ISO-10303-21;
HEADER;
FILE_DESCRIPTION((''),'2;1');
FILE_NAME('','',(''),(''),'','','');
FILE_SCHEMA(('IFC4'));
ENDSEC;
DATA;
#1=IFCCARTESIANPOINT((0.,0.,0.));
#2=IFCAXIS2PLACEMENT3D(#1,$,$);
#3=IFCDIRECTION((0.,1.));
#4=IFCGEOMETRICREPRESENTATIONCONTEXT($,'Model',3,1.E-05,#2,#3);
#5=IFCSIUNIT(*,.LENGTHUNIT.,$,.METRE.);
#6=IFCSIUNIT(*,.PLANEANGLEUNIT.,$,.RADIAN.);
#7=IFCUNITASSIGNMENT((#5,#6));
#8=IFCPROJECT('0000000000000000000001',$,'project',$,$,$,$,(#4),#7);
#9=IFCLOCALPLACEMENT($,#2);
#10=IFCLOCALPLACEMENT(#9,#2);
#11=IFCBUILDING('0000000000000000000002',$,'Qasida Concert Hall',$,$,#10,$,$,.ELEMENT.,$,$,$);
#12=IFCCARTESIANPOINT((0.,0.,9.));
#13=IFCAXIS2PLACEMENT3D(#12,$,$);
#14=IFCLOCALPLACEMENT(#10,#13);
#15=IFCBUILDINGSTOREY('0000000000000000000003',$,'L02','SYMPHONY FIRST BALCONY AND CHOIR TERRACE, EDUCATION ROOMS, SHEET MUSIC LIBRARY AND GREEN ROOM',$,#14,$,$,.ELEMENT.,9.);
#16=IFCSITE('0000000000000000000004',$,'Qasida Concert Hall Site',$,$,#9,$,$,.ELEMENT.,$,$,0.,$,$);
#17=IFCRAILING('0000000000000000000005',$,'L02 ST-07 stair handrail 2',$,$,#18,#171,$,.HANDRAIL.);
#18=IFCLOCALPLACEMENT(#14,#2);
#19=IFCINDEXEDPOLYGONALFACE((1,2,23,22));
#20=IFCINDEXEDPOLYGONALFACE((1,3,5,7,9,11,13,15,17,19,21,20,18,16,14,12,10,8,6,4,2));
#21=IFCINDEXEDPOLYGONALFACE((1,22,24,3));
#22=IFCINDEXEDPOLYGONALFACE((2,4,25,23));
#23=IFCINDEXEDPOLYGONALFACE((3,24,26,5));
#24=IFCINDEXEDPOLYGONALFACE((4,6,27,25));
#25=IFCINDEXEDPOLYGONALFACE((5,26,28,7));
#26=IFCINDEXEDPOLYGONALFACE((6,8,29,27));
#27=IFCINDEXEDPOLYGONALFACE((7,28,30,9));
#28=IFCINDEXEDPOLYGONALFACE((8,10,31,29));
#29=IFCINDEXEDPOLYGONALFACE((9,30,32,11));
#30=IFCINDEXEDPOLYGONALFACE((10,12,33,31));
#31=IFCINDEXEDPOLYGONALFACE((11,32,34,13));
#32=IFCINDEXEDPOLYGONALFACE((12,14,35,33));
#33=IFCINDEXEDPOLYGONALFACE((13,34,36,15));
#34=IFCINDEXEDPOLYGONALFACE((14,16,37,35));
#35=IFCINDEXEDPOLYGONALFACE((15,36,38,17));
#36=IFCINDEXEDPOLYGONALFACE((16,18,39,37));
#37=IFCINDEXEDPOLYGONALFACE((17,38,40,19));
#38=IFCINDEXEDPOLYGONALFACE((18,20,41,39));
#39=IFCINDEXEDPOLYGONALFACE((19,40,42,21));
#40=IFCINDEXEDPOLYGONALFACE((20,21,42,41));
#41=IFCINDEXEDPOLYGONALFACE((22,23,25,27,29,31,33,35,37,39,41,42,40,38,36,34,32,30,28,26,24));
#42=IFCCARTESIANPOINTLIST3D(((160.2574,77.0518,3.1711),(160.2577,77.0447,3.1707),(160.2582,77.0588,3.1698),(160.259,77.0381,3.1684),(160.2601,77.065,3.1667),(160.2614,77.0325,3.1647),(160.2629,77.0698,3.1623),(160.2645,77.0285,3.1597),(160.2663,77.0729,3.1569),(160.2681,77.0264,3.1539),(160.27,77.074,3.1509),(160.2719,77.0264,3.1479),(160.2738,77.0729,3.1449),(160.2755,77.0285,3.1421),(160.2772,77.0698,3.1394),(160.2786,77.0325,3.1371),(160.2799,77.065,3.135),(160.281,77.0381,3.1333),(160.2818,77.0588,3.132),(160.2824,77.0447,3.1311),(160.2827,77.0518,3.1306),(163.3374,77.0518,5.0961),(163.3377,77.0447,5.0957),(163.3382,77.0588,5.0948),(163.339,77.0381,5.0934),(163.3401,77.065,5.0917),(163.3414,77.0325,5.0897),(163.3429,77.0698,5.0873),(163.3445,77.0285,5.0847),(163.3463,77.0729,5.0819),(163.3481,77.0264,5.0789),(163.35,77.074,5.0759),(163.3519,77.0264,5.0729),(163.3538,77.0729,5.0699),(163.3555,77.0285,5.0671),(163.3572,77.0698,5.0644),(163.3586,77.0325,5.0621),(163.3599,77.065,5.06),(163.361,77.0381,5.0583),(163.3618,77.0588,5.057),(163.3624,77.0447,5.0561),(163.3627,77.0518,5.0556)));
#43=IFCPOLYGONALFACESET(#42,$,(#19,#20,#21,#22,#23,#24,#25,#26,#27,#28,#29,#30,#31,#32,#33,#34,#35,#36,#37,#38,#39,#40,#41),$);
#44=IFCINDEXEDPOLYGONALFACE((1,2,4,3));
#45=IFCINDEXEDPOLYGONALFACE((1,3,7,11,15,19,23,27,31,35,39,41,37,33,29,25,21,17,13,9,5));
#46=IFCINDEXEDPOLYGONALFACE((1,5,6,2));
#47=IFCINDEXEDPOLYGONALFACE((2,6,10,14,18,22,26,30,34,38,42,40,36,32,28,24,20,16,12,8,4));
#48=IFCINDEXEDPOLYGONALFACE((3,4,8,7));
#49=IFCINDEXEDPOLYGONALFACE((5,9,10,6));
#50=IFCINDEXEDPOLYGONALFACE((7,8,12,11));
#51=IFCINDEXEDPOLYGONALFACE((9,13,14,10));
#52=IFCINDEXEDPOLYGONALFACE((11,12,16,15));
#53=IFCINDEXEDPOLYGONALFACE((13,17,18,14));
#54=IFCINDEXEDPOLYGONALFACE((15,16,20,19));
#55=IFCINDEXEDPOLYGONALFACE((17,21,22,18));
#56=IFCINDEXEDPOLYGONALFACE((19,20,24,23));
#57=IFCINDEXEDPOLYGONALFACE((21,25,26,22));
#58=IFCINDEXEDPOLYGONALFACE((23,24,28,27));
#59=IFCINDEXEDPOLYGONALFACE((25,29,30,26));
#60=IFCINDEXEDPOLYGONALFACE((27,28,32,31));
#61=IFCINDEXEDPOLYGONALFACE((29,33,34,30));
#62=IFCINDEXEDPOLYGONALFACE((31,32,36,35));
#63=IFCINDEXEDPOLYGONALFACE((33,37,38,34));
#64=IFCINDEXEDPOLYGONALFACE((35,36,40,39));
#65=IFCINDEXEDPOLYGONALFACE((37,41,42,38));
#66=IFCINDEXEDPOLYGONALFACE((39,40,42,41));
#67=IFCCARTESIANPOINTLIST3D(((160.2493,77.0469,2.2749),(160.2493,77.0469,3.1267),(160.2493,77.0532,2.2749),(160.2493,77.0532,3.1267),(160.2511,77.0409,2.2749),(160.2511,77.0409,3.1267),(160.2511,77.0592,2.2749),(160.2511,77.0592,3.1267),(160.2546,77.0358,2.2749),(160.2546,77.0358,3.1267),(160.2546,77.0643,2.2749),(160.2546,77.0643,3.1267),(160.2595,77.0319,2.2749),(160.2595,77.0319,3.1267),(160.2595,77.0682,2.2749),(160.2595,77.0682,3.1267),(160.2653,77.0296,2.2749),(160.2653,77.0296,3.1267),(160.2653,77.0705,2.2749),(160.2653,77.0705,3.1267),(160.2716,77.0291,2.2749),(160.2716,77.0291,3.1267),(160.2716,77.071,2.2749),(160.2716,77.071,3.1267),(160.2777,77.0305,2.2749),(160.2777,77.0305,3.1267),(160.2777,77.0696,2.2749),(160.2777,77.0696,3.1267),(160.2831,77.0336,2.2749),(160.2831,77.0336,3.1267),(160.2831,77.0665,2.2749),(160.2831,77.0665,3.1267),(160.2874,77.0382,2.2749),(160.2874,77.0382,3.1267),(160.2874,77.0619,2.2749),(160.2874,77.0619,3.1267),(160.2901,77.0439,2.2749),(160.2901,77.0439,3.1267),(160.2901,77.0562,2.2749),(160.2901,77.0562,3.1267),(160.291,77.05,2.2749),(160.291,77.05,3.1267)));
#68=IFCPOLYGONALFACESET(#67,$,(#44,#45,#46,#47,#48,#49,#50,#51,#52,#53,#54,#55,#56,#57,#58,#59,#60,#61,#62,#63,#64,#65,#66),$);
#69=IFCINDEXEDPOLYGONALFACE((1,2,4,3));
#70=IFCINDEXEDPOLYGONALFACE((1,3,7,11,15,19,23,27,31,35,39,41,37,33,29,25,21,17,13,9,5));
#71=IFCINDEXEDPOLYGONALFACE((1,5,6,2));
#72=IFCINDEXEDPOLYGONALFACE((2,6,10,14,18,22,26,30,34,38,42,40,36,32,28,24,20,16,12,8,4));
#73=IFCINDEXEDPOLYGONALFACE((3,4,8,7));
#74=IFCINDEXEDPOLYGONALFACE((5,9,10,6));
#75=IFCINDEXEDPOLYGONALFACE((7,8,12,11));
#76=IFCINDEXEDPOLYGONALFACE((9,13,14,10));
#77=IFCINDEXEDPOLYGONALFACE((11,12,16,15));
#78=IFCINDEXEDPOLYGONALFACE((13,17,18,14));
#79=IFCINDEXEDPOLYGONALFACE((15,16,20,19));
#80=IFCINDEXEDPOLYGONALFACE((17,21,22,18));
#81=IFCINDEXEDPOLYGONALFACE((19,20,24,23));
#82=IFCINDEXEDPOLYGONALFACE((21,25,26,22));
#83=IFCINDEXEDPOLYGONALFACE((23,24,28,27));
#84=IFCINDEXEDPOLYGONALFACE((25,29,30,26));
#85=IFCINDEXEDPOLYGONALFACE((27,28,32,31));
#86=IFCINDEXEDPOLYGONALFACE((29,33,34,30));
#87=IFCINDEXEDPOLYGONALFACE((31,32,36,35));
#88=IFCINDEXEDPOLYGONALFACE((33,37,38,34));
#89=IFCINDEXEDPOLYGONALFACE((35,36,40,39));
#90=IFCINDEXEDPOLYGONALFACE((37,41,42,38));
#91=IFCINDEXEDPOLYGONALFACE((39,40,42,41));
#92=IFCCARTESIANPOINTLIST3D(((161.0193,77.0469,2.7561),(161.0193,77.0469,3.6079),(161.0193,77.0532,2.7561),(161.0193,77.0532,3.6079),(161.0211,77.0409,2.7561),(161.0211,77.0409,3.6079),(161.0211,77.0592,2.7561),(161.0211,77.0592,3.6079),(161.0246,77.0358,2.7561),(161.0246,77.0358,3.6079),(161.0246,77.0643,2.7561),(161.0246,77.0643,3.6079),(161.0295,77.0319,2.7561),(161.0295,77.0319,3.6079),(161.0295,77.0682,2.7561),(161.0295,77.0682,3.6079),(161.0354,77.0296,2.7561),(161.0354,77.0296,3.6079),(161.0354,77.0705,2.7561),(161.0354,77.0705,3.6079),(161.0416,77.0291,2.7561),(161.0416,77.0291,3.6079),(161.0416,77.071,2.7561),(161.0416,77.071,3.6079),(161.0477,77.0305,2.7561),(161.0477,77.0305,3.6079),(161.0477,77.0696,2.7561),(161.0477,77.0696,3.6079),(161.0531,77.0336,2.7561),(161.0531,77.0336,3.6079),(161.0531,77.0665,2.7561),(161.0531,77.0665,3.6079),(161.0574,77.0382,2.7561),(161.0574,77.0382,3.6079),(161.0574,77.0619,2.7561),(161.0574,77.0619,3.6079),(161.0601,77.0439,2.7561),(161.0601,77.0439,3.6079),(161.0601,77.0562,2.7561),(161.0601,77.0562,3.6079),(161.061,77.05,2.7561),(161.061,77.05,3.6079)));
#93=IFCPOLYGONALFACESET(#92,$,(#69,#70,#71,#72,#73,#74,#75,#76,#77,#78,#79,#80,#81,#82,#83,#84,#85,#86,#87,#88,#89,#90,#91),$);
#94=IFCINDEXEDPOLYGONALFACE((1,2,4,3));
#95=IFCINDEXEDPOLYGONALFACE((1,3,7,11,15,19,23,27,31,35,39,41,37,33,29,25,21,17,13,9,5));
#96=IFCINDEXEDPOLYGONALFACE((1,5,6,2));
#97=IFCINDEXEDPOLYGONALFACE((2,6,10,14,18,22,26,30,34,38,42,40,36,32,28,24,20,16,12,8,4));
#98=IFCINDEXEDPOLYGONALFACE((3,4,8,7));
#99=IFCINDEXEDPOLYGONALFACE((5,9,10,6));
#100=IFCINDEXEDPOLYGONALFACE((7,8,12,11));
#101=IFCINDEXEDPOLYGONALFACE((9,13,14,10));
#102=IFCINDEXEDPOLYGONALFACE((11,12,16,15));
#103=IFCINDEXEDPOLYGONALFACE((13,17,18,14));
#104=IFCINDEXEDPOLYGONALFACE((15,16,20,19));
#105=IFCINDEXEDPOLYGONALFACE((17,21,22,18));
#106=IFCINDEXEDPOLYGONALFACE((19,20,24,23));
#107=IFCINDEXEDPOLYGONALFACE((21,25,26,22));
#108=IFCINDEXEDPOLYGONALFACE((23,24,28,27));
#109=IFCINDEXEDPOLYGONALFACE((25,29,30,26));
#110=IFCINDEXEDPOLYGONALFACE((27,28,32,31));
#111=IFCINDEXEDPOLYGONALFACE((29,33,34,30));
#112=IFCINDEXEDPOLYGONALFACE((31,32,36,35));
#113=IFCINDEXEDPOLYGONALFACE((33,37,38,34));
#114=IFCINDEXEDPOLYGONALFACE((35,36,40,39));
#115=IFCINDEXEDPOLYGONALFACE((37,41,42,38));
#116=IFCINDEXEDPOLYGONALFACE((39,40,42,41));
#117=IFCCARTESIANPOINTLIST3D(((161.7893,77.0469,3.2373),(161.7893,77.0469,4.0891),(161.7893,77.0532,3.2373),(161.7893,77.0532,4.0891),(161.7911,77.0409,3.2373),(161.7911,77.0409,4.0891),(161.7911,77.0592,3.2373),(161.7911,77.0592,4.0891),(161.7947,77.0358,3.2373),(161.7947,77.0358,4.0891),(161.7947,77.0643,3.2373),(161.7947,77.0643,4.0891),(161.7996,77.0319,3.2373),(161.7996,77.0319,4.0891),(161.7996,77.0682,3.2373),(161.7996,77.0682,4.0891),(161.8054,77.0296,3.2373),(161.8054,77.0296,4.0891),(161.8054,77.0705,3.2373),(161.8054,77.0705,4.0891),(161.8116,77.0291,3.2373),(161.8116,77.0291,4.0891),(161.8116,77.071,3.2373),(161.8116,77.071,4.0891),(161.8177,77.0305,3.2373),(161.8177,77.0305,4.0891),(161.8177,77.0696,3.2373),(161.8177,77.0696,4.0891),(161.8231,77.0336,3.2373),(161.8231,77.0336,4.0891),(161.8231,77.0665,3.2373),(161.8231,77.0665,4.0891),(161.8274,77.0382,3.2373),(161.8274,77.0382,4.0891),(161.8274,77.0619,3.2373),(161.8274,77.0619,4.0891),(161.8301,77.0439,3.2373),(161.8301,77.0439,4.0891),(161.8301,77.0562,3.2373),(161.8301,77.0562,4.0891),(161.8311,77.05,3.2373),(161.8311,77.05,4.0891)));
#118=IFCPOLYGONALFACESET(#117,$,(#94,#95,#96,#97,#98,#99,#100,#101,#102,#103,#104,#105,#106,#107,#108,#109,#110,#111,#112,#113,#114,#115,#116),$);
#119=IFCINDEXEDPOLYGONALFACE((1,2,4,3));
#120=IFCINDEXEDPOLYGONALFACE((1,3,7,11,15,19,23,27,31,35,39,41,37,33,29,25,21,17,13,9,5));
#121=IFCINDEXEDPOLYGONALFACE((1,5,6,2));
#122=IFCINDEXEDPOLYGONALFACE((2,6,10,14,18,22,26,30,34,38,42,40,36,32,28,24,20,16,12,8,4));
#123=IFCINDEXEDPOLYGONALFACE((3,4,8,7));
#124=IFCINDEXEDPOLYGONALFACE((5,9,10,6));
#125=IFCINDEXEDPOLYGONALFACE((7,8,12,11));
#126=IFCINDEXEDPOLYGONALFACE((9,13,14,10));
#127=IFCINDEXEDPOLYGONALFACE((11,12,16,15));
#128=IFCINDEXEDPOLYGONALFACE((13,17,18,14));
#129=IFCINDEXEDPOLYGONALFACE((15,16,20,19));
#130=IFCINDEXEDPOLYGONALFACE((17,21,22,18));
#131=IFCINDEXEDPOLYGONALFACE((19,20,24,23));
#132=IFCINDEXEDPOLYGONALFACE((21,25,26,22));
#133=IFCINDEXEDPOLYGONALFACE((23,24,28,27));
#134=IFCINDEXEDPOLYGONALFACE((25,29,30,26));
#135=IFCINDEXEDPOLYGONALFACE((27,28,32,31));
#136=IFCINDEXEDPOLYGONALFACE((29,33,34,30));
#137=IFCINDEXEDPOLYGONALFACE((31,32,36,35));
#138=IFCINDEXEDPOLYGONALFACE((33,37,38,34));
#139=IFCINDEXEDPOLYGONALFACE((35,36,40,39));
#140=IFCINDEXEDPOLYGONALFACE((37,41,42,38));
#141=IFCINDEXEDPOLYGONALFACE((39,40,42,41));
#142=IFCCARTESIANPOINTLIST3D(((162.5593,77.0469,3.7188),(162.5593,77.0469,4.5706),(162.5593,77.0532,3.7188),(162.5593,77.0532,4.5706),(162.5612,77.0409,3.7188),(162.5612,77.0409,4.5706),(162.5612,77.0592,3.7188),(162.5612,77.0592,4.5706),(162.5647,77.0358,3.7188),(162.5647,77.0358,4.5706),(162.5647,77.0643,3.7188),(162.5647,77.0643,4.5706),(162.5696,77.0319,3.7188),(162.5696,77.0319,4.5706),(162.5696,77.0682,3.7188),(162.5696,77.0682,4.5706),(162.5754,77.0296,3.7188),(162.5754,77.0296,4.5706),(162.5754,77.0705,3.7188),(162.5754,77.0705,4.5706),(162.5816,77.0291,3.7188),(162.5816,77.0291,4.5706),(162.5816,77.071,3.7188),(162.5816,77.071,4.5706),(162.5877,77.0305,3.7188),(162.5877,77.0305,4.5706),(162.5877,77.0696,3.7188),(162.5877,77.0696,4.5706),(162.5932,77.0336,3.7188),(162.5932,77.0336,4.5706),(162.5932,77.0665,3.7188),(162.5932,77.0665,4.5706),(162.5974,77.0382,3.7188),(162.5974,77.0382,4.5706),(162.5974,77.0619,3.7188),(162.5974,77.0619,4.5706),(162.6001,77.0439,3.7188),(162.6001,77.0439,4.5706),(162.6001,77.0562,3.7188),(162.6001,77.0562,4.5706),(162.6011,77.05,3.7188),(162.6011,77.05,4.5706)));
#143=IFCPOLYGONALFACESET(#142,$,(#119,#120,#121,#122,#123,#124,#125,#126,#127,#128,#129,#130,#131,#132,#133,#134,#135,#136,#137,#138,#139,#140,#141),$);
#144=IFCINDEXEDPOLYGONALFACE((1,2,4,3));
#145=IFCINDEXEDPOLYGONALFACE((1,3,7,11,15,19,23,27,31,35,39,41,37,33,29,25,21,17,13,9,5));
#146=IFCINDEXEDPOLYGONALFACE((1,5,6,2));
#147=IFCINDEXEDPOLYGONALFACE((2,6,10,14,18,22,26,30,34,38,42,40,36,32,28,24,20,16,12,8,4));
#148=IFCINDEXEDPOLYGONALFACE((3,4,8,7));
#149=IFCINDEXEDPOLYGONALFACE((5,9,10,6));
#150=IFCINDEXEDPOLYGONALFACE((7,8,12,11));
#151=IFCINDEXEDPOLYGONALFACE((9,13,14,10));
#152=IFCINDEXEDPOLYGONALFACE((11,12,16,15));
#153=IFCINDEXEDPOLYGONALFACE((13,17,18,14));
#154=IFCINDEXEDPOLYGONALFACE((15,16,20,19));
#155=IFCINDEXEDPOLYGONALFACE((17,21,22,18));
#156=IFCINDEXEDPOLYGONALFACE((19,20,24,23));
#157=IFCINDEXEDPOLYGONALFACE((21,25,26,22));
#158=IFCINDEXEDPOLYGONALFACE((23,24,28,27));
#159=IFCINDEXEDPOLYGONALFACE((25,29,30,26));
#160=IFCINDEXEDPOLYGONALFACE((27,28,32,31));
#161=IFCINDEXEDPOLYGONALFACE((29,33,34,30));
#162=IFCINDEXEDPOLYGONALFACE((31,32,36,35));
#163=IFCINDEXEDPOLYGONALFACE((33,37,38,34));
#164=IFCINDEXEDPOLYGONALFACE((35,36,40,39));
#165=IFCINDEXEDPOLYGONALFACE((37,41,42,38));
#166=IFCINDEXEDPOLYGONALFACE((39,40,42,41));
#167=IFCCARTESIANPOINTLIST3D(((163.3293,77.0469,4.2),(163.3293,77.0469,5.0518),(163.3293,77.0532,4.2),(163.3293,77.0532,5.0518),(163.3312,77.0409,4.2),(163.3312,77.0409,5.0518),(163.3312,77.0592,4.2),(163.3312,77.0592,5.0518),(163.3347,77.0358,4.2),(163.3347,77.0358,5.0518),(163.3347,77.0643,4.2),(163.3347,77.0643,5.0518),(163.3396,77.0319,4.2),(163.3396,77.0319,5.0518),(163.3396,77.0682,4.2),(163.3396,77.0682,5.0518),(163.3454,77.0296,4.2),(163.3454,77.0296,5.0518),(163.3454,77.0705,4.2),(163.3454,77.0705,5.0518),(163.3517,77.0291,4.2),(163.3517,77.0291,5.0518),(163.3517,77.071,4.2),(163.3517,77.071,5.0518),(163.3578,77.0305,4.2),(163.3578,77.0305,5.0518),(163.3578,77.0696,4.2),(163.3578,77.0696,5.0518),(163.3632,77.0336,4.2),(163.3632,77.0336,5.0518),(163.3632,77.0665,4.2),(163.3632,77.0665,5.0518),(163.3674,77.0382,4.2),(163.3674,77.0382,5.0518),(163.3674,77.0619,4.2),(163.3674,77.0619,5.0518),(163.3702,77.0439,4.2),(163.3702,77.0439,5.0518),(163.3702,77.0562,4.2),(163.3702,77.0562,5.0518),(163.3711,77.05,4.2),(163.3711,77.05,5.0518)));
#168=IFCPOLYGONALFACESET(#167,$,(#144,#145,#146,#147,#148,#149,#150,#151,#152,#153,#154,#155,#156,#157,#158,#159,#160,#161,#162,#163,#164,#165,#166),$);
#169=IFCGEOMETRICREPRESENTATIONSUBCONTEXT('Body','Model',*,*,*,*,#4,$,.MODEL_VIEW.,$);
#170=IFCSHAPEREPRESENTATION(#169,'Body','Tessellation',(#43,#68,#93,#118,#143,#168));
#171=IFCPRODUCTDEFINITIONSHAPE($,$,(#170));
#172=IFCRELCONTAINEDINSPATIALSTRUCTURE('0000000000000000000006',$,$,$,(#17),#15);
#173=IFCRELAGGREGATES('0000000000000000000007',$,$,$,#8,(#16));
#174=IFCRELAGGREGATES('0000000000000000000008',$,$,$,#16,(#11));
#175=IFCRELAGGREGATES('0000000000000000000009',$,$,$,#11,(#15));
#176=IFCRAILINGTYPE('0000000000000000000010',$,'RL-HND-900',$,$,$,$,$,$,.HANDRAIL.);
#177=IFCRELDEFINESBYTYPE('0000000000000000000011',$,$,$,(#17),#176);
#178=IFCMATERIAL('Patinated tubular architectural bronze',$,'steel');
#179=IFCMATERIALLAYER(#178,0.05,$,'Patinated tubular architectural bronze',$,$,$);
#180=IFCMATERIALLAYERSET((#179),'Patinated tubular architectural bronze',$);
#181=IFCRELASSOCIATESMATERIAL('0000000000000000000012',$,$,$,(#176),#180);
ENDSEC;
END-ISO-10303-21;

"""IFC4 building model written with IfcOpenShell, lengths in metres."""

from ifc_helpers import new_model, si_unit, direction, frame, origin, origin_2d, place, context, subcontext, project, spatial, circle, extrude, material, layer, layer_set, type_object, element, save


model = new_model("IFC4")

# Units and contexts
model_context = context("Model", 3, precision=1e-05, world=origin(), true_north=direction((0.0, 1.0)))
body_context = subcontext(model_context, "Body", "Model", "MODEL_VIEW")
ifc_project = project(units=[si_unit("LENGTHUNIT", "METRE"), si_unit("PLANEANGLEUNIT", "RADIAN")], contexts=[model_context])

# Site, building, storey
site_placement = place(None, origin())
site = spatial("IfcSite", under=ifc_project, at=site_placement, Name="Qasida Concert Hall Site", CompositionType="ELEMENT", RefElevation=0.0)
building_placement = place(site_placement, origin())
building = spatial("IfcBuilding", under=site, at=building_placement, Name="Qasida Concert Hall", CompositionType="ELEMENT")
storey_placement = place(building_placement, frame((0.0, 0.0, 9.0)))
storey = spatial("IfcBuildingStorey", under=building, at=storey_placement, Name="L02", Description="SYMPHONY FIRST BALCONY AND CHOIR TERRACE, EDUCATION ROOMS, SHEET MUSIC LIBRARY AND GREEN ROOM", CompositionType="ELEMENT", Elevation=9.0)

# Railing
ifc_material_1 = material(Name="Patinated tubular architectural bronze", Category="steel")
ifc_layer_1 = layer(ifc_material_1, 0.05, Name="Patinated tubular architectural bronze")
ifc_layer_set_1 = layer_set([ifc_layer_1], Name="Patinated tubular architectural bronze")
railing_type_1 = type_object("IfcRailingType", Name="RL-HND-900", PredefinedType="HANDRAIL", material=ifc_layer_set_1)
railing_1_placement = place(storey_placement, frame((160.27, 77.05, 2.2749)))
element("IfcRailing", 1, at=railing_1_placement, inside=storey, type_object=railing_type_1, Name="L02 ST-07 stair handrail 2", PredefinedType="HANDRAIL", context=body_context, shape_type="SweptSolid", body=[
    extrude(circle(Radius=0.0239, at=origin_2d()), frame((0.0, 0.0, 0.876), z_axis=(0.847998, 0.0, 0.529999), x_axis=(0.0, 1.0, 0.0)), (0.0, 0.0, 1.0), 3.6321),
    extrude(circle(Radius=0.021, at=origin_2d()), origin(), (0.0, 0.0, 1.0), 0.8518),
    extrude(circle(Radius=0.021, at=origin_2d()), frame((0.77, 0.0, 0.4812)), (0.0, 0.0, 1.0), 0.8518),
    extrude(circle(Radius=0.021, at=origin_2d()), frame((1.54, 0.0, 0.9624)), (0.0, 0.0, 1.0), 0.8518),
    extrude(circle(Radius=0.021, at=origin_2d()), frame((2.3101, 0.0, 1.4438)), (0.0, 0.0, 1.0), 0.8518),
    extrude(circle(Radius=0.021, at=origin_2d()), frame((3.0801, 0.0, 1.925)), (0.0, 0.0, 1.0), 0.8518),
])

save(model, "model.ifc")
